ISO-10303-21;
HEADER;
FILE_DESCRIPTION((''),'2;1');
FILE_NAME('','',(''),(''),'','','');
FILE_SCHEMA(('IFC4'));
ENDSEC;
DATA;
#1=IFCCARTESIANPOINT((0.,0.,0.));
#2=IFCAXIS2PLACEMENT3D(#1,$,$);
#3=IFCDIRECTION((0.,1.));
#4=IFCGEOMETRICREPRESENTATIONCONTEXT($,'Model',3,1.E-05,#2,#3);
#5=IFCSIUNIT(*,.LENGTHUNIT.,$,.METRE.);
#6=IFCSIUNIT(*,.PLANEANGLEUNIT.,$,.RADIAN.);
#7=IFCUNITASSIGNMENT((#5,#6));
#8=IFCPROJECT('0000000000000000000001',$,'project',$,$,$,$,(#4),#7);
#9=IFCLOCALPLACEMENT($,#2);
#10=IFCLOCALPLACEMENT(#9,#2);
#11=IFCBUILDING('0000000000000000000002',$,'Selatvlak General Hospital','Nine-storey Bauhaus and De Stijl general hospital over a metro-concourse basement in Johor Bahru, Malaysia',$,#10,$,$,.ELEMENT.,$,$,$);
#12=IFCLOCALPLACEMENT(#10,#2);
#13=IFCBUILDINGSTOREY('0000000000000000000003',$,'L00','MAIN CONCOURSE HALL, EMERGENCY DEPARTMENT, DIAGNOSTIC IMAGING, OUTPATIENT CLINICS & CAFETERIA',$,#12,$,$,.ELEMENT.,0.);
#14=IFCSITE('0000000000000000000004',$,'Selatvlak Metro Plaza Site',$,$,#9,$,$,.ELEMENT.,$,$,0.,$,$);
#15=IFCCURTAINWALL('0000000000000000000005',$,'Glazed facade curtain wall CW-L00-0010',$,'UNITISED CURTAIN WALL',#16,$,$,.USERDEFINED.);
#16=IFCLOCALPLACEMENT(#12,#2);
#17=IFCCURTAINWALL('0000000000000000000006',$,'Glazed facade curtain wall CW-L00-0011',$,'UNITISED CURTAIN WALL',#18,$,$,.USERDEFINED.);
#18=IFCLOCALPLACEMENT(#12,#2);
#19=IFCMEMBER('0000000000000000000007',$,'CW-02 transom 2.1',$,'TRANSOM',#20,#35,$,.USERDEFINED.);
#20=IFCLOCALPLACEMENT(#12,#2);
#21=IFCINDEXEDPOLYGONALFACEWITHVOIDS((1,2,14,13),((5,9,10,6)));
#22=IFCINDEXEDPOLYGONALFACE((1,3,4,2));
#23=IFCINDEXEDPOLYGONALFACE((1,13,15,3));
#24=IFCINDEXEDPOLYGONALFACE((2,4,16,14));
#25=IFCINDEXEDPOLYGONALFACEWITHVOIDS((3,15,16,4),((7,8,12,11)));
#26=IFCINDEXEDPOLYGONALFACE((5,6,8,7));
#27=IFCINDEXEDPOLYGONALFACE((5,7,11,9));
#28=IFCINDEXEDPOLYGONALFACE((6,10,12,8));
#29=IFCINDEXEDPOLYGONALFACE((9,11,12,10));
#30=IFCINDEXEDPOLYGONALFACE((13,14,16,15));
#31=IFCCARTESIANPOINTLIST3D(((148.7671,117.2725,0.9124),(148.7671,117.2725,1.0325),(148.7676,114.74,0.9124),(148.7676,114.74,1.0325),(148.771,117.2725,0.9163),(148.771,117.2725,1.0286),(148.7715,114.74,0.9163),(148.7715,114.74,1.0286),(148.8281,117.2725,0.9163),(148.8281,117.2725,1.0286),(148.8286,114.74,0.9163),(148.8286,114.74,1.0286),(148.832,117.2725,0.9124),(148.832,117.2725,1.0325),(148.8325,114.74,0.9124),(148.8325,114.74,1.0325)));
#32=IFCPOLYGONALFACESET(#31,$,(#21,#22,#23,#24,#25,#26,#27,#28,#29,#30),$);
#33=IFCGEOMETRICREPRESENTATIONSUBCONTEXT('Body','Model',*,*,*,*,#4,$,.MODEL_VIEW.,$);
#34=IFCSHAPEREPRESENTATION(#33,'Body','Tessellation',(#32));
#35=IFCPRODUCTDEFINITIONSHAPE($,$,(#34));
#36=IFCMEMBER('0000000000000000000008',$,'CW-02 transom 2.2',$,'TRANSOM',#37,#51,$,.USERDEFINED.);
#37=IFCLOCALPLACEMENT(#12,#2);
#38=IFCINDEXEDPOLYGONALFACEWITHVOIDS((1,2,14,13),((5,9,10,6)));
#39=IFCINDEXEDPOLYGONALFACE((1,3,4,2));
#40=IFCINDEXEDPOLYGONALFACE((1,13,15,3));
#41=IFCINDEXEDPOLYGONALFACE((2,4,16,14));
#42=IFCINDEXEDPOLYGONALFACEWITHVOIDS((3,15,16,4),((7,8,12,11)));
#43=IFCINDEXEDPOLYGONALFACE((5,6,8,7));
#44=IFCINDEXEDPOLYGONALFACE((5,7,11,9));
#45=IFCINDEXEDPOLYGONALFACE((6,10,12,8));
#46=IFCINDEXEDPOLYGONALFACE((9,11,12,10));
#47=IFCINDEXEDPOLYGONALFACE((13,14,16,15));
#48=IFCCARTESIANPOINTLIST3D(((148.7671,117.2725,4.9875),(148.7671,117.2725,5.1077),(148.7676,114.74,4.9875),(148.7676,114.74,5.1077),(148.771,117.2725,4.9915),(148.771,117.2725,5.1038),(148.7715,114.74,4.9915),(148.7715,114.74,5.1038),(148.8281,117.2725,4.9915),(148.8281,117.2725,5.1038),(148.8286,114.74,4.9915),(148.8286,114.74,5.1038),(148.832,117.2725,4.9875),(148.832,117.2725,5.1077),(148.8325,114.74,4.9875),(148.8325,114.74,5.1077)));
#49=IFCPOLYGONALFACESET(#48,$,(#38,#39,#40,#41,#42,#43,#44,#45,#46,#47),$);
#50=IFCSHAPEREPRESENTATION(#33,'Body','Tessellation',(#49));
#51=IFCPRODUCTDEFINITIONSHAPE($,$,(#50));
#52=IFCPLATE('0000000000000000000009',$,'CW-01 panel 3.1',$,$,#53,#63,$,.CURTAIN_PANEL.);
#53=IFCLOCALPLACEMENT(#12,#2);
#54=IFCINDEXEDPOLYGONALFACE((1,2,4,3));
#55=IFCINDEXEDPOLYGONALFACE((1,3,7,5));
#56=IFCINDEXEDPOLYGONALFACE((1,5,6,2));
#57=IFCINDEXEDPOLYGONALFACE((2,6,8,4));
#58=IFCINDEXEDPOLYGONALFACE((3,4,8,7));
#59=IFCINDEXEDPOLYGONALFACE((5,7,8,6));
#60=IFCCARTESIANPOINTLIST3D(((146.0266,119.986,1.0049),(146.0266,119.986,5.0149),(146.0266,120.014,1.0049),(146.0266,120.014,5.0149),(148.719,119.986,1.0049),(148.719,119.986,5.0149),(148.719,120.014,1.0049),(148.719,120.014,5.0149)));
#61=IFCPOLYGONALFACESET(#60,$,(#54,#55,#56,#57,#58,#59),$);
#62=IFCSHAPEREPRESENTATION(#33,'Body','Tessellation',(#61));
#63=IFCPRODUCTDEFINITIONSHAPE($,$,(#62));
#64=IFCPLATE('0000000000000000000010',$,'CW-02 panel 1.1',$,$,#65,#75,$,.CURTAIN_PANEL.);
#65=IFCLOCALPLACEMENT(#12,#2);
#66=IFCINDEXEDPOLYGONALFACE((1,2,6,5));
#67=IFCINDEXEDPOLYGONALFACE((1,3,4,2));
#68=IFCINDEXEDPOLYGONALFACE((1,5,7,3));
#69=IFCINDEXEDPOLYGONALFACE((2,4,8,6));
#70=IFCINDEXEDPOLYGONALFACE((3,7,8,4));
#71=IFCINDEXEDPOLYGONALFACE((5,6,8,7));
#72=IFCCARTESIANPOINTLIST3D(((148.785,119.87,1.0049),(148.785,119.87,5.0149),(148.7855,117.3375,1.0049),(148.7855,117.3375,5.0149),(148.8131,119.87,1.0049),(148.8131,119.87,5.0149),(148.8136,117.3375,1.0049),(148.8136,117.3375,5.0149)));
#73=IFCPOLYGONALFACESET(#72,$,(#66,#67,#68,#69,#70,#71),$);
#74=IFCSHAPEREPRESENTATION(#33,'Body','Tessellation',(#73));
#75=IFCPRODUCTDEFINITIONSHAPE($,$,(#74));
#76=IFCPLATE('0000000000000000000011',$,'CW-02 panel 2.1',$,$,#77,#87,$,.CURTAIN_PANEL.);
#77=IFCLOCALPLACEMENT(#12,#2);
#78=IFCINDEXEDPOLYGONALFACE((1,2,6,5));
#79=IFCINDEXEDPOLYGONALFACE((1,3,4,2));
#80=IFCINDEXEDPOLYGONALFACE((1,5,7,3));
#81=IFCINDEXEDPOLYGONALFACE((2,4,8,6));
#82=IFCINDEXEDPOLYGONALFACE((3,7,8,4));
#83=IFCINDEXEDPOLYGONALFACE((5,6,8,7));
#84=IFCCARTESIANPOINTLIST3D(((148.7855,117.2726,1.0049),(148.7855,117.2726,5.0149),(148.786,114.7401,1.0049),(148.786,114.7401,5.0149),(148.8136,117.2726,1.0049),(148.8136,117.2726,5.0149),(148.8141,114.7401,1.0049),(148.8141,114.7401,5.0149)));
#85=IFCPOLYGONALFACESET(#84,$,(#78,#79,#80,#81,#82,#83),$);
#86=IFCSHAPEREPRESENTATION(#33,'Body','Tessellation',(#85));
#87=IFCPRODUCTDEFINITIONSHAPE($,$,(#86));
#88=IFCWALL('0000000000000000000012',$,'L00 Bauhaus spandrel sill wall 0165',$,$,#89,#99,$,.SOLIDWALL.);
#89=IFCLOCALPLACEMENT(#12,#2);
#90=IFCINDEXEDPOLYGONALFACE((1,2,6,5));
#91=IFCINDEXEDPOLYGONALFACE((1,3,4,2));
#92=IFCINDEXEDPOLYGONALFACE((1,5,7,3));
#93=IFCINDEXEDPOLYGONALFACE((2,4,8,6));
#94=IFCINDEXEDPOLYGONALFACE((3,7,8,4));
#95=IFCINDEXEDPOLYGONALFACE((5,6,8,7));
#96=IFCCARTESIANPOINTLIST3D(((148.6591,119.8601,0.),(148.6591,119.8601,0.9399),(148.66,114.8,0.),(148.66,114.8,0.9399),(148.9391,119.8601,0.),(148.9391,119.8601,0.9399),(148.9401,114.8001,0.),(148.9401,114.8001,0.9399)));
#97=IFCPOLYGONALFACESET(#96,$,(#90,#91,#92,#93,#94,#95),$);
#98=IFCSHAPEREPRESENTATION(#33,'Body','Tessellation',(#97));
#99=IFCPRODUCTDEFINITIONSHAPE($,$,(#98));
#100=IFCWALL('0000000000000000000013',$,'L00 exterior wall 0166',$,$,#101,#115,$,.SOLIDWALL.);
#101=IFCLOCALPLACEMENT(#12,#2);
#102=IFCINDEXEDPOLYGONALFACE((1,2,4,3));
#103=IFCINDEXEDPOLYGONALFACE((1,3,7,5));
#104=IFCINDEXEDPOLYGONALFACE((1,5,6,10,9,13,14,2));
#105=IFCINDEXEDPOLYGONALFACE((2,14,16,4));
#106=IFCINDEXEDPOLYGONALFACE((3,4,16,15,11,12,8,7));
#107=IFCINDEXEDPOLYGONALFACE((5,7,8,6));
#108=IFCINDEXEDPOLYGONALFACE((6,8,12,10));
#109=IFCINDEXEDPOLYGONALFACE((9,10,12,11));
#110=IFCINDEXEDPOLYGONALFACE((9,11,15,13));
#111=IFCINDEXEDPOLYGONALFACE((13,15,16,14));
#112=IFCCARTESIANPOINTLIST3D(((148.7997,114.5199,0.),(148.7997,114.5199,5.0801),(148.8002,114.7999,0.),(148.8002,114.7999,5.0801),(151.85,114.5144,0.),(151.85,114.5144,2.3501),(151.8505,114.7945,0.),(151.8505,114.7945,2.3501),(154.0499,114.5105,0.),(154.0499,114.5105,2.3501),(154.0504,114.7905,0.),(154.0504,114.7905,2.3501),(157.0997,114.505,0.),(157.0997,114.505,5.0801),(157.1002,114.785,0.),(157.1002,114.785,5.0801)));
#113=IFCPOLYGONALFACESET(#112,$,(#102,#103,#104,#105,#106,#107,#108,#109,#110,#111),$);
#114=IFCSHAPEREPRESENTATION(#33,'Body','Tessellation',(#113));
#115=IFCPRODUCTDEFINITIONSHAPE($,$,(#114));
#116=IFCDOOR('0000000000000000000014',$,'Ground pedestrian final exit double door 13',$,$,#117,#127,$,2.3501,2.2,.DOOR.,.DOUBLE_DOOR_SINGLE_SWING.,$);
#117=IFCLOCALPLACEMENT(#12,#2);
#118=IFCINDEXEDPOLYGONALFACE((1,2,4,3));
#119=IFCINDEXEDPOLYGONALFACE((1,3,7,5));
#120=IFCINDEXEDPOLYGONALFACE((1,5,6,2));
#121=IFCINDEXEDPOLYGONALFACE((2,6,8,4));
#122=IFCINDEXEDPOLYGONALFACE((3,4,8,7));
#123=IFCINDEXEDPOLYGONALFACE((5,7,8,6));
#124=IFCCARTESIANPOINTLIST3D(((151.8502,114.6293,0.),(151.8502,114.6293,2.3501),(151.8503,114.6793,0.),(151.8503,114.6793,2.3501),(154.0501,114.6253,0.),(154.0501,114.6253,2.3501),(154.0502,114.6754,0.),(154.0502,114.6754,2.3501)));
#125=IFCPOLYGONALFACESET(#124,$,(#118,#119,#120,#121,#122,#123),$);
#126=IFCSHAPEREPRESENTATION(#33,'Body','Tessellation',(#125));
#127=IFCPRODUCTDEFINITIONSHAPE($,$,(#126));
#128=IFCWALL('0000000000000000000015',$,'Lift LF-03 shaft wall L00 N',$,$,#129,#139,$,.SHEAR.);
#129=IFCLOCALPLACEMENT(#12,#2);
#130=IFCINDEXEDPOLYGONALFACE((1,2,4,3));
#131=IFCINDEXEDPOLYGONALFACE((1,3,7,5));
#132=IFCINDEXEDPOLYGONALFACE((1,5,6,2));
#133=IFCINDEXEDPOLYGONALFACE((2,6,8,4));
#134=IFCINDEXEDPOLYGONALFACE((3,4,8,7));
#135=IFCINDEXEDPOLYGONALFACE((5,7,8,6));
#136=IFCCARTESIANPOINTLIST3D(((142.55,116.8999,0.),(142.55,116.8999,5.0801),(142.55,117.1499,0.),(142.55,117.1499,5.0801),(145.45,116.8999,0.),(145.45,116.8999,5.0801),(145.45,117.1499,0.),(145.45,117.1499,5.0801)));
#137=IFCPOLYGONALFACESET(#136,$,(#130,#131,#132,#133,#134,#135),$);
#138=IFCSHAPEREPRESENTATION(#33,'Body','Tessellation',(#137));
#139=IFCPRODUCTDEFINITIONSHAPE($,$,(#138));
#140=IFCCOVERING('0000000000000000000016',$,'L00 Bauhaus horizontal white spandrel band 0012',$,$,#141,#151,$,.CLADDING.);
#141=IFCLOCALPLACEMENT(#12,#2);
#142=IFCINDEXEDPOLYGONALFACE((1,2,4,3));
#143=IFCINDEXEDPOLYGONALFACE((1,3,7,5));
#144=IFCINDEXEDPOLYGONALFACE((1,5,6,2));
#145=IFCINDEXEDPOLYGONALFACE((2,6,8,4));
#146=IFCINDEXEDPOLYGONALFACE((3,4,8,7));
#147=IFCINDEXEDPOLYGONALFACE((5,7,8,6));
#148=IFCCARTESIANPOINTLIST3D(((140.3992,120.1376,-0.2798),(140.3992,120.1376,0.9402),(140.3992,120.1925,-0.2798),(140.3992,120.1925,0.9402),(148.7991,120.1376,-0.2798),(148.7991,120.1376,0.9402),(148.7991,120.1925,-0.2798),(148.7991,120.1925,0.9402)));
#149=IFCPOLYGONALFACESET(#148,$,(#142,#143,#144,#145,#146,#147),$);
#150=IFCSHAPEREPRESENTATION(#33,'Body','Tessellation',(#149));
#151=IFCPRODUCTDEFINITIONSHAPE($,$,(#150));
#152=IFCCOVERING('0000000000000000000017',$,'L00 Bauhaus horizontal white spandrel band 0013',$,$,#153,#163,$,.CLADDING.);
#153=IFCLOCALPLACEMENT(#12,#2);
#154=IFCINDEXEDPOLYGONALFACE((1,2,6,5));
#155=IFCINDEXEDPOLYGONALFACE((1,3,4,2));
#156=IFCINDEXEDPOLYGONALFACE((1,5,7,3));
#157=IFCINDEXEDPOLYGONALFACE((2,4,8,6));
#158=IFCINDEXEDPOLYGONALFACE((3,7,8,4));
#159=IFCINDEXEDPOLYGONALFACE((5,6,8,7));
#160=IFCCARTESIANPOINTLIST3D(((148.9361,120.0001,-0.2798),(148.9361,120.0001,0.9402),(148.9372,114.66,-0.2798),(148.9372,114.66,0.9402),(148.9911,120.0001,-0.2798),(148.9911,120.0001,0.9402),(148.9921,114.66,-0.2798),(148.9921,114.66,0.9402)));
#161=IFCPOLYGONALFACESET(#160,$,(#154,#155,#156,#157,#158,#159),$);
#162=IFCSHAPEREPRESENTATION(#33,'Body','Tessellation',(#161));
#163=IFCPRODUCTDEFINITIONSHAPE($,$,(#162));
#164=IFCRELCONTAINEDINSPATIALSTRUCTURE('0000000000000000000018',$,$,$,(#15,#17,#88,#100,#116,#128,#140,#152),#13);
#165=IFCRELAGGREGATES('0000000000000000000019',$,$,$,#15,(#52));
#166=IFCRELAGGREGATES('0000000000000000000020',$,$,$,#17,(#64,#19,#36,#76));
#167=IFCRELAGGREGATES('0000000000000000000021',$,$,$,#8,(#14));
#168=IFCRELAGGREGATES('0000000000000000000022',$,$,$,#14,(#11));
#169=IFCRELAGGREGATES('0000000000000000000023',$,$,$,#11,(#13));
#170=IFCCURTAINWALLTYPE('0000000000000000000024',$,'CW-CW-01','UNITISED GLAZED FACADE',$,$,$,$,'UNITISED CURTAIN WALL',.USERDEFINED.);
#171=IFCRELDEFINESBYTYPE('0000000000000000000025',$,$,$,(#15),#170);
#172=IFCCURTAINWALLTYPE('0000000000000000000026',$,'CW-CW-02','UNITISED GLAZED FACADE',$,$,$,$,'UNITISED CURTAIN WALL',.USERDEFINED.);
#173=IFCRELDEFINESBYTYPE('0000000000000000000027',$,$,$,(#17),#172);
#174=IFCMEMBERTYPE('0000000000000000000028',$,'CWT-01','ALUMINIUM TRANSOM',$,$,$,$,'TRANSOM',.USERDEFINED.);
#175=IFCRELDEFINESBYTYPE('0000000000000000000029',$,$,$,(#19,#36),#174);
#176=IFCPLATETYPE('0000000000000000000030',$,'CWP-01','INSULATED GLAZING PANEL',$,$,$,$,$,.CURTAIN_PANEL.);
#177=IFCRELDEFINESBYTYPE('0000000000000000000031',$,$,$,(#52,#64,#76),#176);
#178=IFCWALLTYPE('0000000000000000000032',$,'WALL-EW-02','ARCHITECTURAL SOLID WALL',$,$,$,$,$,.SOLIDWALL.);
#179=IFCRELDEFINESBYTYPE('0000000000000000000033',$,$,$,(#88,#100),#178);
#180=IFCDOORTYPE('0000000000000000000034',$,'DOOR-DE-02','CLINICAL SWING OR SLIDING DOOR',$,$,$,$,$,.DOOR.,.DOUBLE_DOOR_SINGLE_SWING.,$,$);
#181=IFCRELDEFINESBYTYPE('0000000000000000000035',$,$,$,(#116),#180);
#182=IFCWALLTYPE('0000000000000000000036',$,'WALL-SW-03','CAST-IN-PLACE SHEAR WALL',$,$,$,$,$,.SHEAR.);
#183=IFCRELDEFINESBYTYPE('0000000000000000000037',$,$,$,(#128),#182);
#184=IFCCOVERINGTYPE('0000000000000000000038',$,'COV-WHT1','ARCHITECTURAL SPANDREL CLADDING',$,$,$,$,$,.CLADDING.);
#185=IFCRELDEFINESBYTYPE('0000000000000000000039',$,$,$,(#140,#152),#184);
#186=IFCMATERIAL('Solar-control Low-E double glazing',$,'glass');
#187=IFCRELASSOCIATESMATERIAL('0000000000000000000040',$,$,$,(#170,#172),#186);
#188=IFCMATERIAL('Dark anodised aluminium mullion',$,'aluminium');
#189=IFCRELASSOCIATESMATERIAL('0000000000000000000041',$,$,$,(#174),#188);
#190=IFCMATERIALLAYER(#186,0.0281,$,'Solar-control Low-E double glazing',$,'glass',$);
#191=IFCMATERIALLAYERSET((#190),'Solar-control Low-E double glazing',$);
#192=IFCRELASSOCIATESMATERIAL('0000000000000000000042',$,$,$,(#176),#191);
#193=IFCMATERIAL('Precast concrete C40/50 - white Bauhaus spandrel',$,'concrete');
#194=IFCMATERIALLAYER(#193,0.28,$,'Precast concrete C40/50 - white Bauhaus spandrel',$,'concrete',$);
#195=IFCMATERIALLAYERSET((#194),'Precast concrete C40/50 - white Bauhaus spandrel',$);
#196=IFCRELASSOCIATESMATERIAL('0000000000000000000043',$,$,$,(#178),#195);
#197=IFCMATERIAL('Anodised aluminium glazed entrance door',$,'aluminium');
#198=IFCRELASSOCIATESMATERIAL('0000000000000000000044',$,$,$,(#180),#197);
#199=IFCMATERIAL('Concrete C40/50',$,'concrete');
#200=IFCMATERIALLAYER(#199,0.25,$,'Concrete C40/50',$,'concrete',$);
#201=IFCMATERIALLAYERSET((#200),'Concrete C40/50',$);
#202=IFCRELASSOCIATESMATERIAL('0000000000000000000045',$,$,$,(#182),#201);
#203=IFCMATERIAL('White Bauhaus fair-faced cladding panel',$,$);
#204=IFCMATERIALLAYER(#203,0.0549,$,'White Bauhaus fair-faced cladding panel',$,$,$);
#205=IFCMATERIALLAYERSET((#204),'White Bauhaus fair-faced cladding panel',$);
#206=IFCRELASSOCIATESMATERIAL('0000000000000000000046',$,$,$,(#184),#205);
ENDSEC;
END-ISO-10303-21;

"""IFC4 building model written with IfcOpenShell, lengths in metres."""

from ifc_helpers import new_model, si_unit, direction, frame, frame_2d, origin, origin_2d, place, context, subcontext, project, spatial, rectangle, hollow_rectangle, extrude, material, layer, layer_set, material_profile, profile_set, type_object, element, fill, aggregate, save


model = new_model("IFC4")

# Units and contexts
model_context = context("Model", 3, precision=1e-05, world=origin(), true_north=direction((0.0, 1.0)))
body_context = subcontext(model_context, "Body", "Model", "MODEL_VIEW")
ifc_project = project(units=[si_unit("LENGTHUNIT", "METRE"), si_unit("PLANEANGLEUNIT", "RADIAN")], contexts=[model_context])

# Site, building, storey
site_placement = place(None, origin())
site = spatial("IfcSite", under=ifc_project, at=site_placement, Name="Selatvlak Metro Plaza Site", CompositionType="ELEMENT", RefElevation=0.0)
building_placement = place(site_placement, origin())
building = spatial("IfcBuilding", under=site, at=building_placement, Name="Selatvlak General Hospital", Description="Nine-storey Bauhaus and De Stijl general hospital over a metro-concourse basement in Johor Bahru, Malaysia", CompositionType="ELEMENT")
storey_placement = place(building_placement, origin())
storey = spatial("IfcBuildingStorey", under=building, at=storey_placement, Name="L00", Description="MAIN CONCOURSE HALL, EMERGENCY DEPARTMENT, DIAGNOSTIC IMAGING, OUTPATIENT CLINICS & CAFETERIA", CompositionType="ELEMENT", Elevation=0.0)

# Curtain walls
ifc_material_1 = material(Name="Solar-control Low-E double glazing", Category="glass")
curtain_wall_type_1 = type_object("IfcCurtainWallType", Name="CW-CW-01", Description="UNITISED GLAZED FACADE", ElementType="UNITISED CURTAIN WALL", PredefinedType="USERDEFINED", material=ifc_material_1)
curtain_wall_1_placement = place(storey_placement, origin())
curtain_wall_1 = element("IfcCurtainWall", 1, at=curtain_wall_1_placement, inside=storey, type_object=curtain_wall_type_1, Name="Glazed facade curtain wall CW-L00-0010", ObjectType="UNITISED CURTAIN WALL", PredefinedType="USERDEFINED")
ifc_material_2 = material(Name="Dark anodised aluminium mullion", Category="aluminium")
curtain_wall_type_2 = type_object("IfcCurtainWallType", Name="CW-CW-02", Description="UNITISED GLAZED FACADE", ElementType="UNITISED CURTAIN WALL", PredefinedType="USERDEFINED", material=ifc_material_1)
curtain_wall_2_placement = place(storey_placement, origin())
curtain_wall_2 = element("IfcCurtainWall", 2, at=curtain_wall_2_placement, inside=storey, type_object=curtain_wall_type_2, Name="Glazed facade curtain wall CW-L00-0011", ObjectType="UNITISED CURTAIN WALL", PredefinedType="USERDEFINED")

# Members
ifc_material_profile_1 = material_profile(ifc_material_2, hollow_rectangle(XDim=0.0649, YDim=0.1201, WallThickness=0.0039, at=origin_2d()), Name="AL-TRN 65x120x4")
ifc_profile_set_1 = profile_set([ifc_material_profile_1], Name="Dark anodised aluminium mullion")
member_type_1 = type_object("IfcMemberType", Name="CWT-01", Description="ALUMINIUM TRANSOM", ElementType="TRANSOM", PredefinedType="USERDEFINED", material=ifc_profile_set_1)
member_1_placement = place(storey_placement, frame((148.7996, 117.2725, 0.9724), z_axis=(0.000193, -1.0, 0.0), x_axis=(1.0, 0.000193, 0.0)))
member_1 = element("IfcMember", 3, at=member_1_placement, type_object=member_type_1, Name="CW-02 transom 2.1", ObjectType="TRANSOM", PredefinedType="USERDEFINED", context=body_context, shape_type="SweptSolid", body=[
    extrude(hollow_rectangle(XDim=0.0649, YDim=0.1201, WallThickness=0.0039, at=origin_2d()), origin(), (0.0, 0.0, 1.0), 2.5325),
])
member_2_placement = place(storey_placement, frame((148.7996, 117.2725, 5.0476), z_axis=(0.000193, -1.0, 0.0), x_axis=(1.0, 0.000193, 0.0)))
member_2 = element("IfcMember", 4, at=member_2_placement, type_object=member_type_1, Name="CW-02 transom 2.2", ObjectType="TRANSOM", PredefinedType="USERDEFINED", context=body_context, shape_type="SweptSolid", body=[
    extrude(hollow_rectangle(XDim=0.0649, YDim=0.1201, WallThickness=0.0039, at=origin_2d()), origin(), (0.0, 0.0, 1.0), 2.5325),
])

# Plates
ifc_layer_1 = layer(ifc_material_1, 0.0281, Name="Solar-control Low-E double glazing", Category="glass")
ifc_layer_set_1 = layer_set([ifc_layer_1], Name="Solar-control Low-E double glazing")
plate_type = type_object("IfcPlateType", Name="CWP-01", Description="INSULATED GLAZING PANEL", PredefinedType="CURTAIN_PANEL", material=ifc_layer_set_1)
plate_1_placement = place(storey_placement, frame((147.3728, 120.0, 1.0049), z_axis=(0.0, 0.0, 1.0), x_axis=(1.0, 0.0, 0.0)))
plate_1 = element("IfcPlate", 5, at=plate_1_placement, type_object=plate_type, Name="CW-01 panel 3.1", PredefinedType="CURTAIN_PANEL", context=body_context, shape_type="SweptSolid", body=[
    extrude(rectangle(XDim=2.6924, YDim=0.0281, at=origin_2d()), origin(), (0.0, 0.0, 1.0), 4.01),
])
aggregate(curtain_wall_1, [plate_1])
plate_2_placement = place(storey_placement, frame((148.7993, 118.6038, 1.0049), z_axis=(0.0, 0.0, 1.0), x_axis=(0.00019, -1.0, 0.0)))
plate_2 = element("IfcPlate", 6, at=plate_2_placement, type_object=plate_type, Name="CW-02 panel 1.1", PredefinedType="CURTAIN_PANEL", context=body_context, shape_type="SweptSolid", body=[
    extrude(rectangle(XDim=2.5325, YDim=0.0281, at=origin_2d()), origin(), (0.0, 0.0, 1.0), 4.01),
])
plate_3_placement = place(storey_placement, frame((148.7998, 116.0063, 1.0049), z_axis=(0.0, 0.0, 1.0), x_axis=(0.00019, -1.0, 0.0)))
plate_3 = element("IfcPlate", 7, at=plate_3_placement, type_object=plate_type, Name="CW-02 panel 2.1", PredefinedType="CURTAIN_PANEL", context=body_context, shape_type="SweptSolid", body=[
    extrude(rectangle(XDim=2.5325, YDim=0.0281, at=origin_2d()), origin(), (0.0, 0.0, 1.0), 4.01),
])
aggregate(curtain_wall_2, [plate_2, member_1, member_2, plate_3])

# Wall
ifc_material_3 = material(Name="Precast concrete C40/50 - white Bauhaus spandrel", Category="concrete")
ifc_layer_2 = layer(ifc_material_3, 0.28, Name="Precast concrete C40/50 - white Bauhaus spandrel", Category="concrete")
ifc_layer_set_2 = layer_set([ifc_layer_2], Name="Precast concrete C40/50 - white Bauhaus spandrel")
wall_type_1 = type_object("IfcWallType", Name="WALL-EW-02", Description="ARCHITECTURAL SOLID WALL", PredefinedType="SOLIDWALL", material=ifc_layer_set_2)
wall_1_placement = place(storey_placement, frame((148.7991, 119.8601, 0.0), z_axis=(0.0, 0.0, 1.0), x_axis=(0.000193, -1.0, 0.0)))
element("IfcWall", 8, at=wall_1_placement, inside=storey, type_object=wall_type_1, Name="L00 Bauhaus spandrel sill wall 0165", PredefinedType="SOLIDWALL", context=body_context, shape_type="SweptSolid", body=[
    extrude(rectangle(XDim=5.0601, YDim=0.28, at=frame_2d((2.53, 0.0))), origin(), (0.0, 0.0, 1.0), 0.9399),
])

# Wall, opening, door
wall_2_placement = place(storey_placement, frame((148.8, 114.6599, 0.0), z_axis=(0.0, 0.0, 1.0), x_axis=(0.999998, -0.001794, 0.0)))
wall_2 = element("IfcWall", 9, at=wall_2_placement, inside=storey, type_object=wall_type_1, Name="L00 exterior wall 0166", PredefinedType="SOLIDWALL", context=body_context, shape_type="SweptSolid", body=[
    extrude(rectangle(XDim=8.3, YDim=0.28, at=frame_2d((4.1499, 0.0))), origin(), (0.0, 0.0, 1.0), 5.0801),
])
opening_placement = place(wall_2_placement, frame((3.05, 0.0, 0.0)))
opening = element("IfcOpeningElement", 10, at=opening_placement, cuts=wall_2, PredefinedType="OPENING", context=body_context, shape_type="SweptSolid", body=[
    extrude(rectangle(XDim=2.2, YDim=2.3501, at=frame_2d((1.1001, 1.175))), frame((0.0, 0.1499, 0.0), z_axis=(0.0, -1.0, 0.0), x_axis=(1.0, 0.0, 0.0)), (0.0, 0.0, 1.0), 0.3),
])
ifc_material_4 = material(Name="Anodised aluminium glazed entrance door", Category="aluminium")
door_type = type_object("IfcDoorType", Name="DOOR-DE-02", Description="CLINICAL SWING OR SLIDING DOOR", OperationType="DOUBLE_DOOR_SINGLE_SWING", PredefinedType="DOOR", material=ifc_material_4)
door_placement = place(opening_placement, origin())
door = element("IfcDoor", 11, at=door_placement, inside=storey, type_object=door_type, Name="Ground pedestrian final exit double door 13", OperationType="DOUBLE_DOOR_SINGLE_SWING", OverallHeight=2.3501, OverallWidth=2.2, PredefinedType="DOOR", context=body_context, shape_type="SweptSolid", body=[
    extrude(rectangle(XDim=2.2, YDim=2.3501, at=frame_2d((1.1001, 1.175))), frame((0.0, 0.0249, 0.0), z_axis=(0.0, -1.0, 0.0), x_axis=(1.0, 0.0, 0.0)), (0.0, 0.0, 1.0), 0.05),
])
fill(opening, door)

# Wall
ifc_material_5 = material(Name="Concrete C40/50", Category="concrete")
ifc_layer_3 = layer(ifc_material_5, 0.25, Name="Concrete C40/50", Category="concrete")
ifc_layer_set_3 = layer_set([ifc_layer_3], Name="Concrete C40/50")
wall_type_2 = type_object("IfcWallType", Name="WALL-SW-03", Description="CAST-IN-PLACE SHEAR WALL", PredefinedType="SHEAR", material=ifc_layer_set_3)
wall_3_placement = place(storey_placement, frame((145.45, 117.0249, 0.0), z_axis=(0.0, 0.0, 1.0), x_axis=(-1.0, 0.0, 0.0)))
element("IfcWall", 12, at=wall_3_placement, inside=storey, type_object=wall_type_2, Name="Lift LF-03 shaft wall L00 N", PredefinedType="SHEAR", context=body_context, shape_type="SweptSolid", body=[
    extrude(rectangle(XDim=2.8999, YDim=0.25, at=frame_2d((1.45, 0.0))), origin(), (0.0, 0.0, 1.0), 5.0801),
])

# Coverings
ifc_material_6 = material(Name="White Bauhaus fair-faced cladding panel")
ifc_layer_4 = layer(ifc_material_6, 0.0549, Name="White Bauhaus fair-faced cladding panel")
ifc_layer_set_4 = layer_set([ifc_layer_4], Name="White Bauhaus fair-faced cladding panel")
covering_type = type_object("IfcCoveringType", Name="COV-WHT1", Description="ARCHITECTURAL SPANDREL CLADDING", PredefinedType="CLADDING", material=ifc_layer_set_4)
covering_1_placement = place(storey_placement, frame((144.5991, 120.165, -0.2798), z_axis=(0.0, 0.0, 1.0), x_axis=(1.0, 0.0, 0.0)))
element("IfcCovering", 13, at=covering_1_placement, inside=storey, type_object=covering_type, Name="L00 Bauhaus horizontal white spandrel band 0012", PredefinedType="CLADDING", context=body_context, shape_type="SweptSolid", body=[
    extrude(rectangle(XDim=8.3999, YDim=0.0549, at=origin_2d()), origin(), (0.0, 0.0, 1.0), 1.22),
])
covering_2_placement = place(storey_placement, frame((148.9641, 117.3301, -0.2798), z_axis=(0.0, 0.0, 1.0), x_axis=(0.000192, -1.0, 0.0)))
element("IfcCovering", 14, at=covering_2_placement, inside=storey, type_object=covering_type, Name="L00 Bauhaus horizontal white spandrel band 0013", PredefinedType="CLADDING", context=body_context, shape_type="SweptSolid", body=[
    extrude(rectangle(XDim=5.3401, YDim=0.0549, at=origin_2d()), origin(), (0.0, 0.0, 1.0), 1.22),
])

save(model, "model.ifc")
